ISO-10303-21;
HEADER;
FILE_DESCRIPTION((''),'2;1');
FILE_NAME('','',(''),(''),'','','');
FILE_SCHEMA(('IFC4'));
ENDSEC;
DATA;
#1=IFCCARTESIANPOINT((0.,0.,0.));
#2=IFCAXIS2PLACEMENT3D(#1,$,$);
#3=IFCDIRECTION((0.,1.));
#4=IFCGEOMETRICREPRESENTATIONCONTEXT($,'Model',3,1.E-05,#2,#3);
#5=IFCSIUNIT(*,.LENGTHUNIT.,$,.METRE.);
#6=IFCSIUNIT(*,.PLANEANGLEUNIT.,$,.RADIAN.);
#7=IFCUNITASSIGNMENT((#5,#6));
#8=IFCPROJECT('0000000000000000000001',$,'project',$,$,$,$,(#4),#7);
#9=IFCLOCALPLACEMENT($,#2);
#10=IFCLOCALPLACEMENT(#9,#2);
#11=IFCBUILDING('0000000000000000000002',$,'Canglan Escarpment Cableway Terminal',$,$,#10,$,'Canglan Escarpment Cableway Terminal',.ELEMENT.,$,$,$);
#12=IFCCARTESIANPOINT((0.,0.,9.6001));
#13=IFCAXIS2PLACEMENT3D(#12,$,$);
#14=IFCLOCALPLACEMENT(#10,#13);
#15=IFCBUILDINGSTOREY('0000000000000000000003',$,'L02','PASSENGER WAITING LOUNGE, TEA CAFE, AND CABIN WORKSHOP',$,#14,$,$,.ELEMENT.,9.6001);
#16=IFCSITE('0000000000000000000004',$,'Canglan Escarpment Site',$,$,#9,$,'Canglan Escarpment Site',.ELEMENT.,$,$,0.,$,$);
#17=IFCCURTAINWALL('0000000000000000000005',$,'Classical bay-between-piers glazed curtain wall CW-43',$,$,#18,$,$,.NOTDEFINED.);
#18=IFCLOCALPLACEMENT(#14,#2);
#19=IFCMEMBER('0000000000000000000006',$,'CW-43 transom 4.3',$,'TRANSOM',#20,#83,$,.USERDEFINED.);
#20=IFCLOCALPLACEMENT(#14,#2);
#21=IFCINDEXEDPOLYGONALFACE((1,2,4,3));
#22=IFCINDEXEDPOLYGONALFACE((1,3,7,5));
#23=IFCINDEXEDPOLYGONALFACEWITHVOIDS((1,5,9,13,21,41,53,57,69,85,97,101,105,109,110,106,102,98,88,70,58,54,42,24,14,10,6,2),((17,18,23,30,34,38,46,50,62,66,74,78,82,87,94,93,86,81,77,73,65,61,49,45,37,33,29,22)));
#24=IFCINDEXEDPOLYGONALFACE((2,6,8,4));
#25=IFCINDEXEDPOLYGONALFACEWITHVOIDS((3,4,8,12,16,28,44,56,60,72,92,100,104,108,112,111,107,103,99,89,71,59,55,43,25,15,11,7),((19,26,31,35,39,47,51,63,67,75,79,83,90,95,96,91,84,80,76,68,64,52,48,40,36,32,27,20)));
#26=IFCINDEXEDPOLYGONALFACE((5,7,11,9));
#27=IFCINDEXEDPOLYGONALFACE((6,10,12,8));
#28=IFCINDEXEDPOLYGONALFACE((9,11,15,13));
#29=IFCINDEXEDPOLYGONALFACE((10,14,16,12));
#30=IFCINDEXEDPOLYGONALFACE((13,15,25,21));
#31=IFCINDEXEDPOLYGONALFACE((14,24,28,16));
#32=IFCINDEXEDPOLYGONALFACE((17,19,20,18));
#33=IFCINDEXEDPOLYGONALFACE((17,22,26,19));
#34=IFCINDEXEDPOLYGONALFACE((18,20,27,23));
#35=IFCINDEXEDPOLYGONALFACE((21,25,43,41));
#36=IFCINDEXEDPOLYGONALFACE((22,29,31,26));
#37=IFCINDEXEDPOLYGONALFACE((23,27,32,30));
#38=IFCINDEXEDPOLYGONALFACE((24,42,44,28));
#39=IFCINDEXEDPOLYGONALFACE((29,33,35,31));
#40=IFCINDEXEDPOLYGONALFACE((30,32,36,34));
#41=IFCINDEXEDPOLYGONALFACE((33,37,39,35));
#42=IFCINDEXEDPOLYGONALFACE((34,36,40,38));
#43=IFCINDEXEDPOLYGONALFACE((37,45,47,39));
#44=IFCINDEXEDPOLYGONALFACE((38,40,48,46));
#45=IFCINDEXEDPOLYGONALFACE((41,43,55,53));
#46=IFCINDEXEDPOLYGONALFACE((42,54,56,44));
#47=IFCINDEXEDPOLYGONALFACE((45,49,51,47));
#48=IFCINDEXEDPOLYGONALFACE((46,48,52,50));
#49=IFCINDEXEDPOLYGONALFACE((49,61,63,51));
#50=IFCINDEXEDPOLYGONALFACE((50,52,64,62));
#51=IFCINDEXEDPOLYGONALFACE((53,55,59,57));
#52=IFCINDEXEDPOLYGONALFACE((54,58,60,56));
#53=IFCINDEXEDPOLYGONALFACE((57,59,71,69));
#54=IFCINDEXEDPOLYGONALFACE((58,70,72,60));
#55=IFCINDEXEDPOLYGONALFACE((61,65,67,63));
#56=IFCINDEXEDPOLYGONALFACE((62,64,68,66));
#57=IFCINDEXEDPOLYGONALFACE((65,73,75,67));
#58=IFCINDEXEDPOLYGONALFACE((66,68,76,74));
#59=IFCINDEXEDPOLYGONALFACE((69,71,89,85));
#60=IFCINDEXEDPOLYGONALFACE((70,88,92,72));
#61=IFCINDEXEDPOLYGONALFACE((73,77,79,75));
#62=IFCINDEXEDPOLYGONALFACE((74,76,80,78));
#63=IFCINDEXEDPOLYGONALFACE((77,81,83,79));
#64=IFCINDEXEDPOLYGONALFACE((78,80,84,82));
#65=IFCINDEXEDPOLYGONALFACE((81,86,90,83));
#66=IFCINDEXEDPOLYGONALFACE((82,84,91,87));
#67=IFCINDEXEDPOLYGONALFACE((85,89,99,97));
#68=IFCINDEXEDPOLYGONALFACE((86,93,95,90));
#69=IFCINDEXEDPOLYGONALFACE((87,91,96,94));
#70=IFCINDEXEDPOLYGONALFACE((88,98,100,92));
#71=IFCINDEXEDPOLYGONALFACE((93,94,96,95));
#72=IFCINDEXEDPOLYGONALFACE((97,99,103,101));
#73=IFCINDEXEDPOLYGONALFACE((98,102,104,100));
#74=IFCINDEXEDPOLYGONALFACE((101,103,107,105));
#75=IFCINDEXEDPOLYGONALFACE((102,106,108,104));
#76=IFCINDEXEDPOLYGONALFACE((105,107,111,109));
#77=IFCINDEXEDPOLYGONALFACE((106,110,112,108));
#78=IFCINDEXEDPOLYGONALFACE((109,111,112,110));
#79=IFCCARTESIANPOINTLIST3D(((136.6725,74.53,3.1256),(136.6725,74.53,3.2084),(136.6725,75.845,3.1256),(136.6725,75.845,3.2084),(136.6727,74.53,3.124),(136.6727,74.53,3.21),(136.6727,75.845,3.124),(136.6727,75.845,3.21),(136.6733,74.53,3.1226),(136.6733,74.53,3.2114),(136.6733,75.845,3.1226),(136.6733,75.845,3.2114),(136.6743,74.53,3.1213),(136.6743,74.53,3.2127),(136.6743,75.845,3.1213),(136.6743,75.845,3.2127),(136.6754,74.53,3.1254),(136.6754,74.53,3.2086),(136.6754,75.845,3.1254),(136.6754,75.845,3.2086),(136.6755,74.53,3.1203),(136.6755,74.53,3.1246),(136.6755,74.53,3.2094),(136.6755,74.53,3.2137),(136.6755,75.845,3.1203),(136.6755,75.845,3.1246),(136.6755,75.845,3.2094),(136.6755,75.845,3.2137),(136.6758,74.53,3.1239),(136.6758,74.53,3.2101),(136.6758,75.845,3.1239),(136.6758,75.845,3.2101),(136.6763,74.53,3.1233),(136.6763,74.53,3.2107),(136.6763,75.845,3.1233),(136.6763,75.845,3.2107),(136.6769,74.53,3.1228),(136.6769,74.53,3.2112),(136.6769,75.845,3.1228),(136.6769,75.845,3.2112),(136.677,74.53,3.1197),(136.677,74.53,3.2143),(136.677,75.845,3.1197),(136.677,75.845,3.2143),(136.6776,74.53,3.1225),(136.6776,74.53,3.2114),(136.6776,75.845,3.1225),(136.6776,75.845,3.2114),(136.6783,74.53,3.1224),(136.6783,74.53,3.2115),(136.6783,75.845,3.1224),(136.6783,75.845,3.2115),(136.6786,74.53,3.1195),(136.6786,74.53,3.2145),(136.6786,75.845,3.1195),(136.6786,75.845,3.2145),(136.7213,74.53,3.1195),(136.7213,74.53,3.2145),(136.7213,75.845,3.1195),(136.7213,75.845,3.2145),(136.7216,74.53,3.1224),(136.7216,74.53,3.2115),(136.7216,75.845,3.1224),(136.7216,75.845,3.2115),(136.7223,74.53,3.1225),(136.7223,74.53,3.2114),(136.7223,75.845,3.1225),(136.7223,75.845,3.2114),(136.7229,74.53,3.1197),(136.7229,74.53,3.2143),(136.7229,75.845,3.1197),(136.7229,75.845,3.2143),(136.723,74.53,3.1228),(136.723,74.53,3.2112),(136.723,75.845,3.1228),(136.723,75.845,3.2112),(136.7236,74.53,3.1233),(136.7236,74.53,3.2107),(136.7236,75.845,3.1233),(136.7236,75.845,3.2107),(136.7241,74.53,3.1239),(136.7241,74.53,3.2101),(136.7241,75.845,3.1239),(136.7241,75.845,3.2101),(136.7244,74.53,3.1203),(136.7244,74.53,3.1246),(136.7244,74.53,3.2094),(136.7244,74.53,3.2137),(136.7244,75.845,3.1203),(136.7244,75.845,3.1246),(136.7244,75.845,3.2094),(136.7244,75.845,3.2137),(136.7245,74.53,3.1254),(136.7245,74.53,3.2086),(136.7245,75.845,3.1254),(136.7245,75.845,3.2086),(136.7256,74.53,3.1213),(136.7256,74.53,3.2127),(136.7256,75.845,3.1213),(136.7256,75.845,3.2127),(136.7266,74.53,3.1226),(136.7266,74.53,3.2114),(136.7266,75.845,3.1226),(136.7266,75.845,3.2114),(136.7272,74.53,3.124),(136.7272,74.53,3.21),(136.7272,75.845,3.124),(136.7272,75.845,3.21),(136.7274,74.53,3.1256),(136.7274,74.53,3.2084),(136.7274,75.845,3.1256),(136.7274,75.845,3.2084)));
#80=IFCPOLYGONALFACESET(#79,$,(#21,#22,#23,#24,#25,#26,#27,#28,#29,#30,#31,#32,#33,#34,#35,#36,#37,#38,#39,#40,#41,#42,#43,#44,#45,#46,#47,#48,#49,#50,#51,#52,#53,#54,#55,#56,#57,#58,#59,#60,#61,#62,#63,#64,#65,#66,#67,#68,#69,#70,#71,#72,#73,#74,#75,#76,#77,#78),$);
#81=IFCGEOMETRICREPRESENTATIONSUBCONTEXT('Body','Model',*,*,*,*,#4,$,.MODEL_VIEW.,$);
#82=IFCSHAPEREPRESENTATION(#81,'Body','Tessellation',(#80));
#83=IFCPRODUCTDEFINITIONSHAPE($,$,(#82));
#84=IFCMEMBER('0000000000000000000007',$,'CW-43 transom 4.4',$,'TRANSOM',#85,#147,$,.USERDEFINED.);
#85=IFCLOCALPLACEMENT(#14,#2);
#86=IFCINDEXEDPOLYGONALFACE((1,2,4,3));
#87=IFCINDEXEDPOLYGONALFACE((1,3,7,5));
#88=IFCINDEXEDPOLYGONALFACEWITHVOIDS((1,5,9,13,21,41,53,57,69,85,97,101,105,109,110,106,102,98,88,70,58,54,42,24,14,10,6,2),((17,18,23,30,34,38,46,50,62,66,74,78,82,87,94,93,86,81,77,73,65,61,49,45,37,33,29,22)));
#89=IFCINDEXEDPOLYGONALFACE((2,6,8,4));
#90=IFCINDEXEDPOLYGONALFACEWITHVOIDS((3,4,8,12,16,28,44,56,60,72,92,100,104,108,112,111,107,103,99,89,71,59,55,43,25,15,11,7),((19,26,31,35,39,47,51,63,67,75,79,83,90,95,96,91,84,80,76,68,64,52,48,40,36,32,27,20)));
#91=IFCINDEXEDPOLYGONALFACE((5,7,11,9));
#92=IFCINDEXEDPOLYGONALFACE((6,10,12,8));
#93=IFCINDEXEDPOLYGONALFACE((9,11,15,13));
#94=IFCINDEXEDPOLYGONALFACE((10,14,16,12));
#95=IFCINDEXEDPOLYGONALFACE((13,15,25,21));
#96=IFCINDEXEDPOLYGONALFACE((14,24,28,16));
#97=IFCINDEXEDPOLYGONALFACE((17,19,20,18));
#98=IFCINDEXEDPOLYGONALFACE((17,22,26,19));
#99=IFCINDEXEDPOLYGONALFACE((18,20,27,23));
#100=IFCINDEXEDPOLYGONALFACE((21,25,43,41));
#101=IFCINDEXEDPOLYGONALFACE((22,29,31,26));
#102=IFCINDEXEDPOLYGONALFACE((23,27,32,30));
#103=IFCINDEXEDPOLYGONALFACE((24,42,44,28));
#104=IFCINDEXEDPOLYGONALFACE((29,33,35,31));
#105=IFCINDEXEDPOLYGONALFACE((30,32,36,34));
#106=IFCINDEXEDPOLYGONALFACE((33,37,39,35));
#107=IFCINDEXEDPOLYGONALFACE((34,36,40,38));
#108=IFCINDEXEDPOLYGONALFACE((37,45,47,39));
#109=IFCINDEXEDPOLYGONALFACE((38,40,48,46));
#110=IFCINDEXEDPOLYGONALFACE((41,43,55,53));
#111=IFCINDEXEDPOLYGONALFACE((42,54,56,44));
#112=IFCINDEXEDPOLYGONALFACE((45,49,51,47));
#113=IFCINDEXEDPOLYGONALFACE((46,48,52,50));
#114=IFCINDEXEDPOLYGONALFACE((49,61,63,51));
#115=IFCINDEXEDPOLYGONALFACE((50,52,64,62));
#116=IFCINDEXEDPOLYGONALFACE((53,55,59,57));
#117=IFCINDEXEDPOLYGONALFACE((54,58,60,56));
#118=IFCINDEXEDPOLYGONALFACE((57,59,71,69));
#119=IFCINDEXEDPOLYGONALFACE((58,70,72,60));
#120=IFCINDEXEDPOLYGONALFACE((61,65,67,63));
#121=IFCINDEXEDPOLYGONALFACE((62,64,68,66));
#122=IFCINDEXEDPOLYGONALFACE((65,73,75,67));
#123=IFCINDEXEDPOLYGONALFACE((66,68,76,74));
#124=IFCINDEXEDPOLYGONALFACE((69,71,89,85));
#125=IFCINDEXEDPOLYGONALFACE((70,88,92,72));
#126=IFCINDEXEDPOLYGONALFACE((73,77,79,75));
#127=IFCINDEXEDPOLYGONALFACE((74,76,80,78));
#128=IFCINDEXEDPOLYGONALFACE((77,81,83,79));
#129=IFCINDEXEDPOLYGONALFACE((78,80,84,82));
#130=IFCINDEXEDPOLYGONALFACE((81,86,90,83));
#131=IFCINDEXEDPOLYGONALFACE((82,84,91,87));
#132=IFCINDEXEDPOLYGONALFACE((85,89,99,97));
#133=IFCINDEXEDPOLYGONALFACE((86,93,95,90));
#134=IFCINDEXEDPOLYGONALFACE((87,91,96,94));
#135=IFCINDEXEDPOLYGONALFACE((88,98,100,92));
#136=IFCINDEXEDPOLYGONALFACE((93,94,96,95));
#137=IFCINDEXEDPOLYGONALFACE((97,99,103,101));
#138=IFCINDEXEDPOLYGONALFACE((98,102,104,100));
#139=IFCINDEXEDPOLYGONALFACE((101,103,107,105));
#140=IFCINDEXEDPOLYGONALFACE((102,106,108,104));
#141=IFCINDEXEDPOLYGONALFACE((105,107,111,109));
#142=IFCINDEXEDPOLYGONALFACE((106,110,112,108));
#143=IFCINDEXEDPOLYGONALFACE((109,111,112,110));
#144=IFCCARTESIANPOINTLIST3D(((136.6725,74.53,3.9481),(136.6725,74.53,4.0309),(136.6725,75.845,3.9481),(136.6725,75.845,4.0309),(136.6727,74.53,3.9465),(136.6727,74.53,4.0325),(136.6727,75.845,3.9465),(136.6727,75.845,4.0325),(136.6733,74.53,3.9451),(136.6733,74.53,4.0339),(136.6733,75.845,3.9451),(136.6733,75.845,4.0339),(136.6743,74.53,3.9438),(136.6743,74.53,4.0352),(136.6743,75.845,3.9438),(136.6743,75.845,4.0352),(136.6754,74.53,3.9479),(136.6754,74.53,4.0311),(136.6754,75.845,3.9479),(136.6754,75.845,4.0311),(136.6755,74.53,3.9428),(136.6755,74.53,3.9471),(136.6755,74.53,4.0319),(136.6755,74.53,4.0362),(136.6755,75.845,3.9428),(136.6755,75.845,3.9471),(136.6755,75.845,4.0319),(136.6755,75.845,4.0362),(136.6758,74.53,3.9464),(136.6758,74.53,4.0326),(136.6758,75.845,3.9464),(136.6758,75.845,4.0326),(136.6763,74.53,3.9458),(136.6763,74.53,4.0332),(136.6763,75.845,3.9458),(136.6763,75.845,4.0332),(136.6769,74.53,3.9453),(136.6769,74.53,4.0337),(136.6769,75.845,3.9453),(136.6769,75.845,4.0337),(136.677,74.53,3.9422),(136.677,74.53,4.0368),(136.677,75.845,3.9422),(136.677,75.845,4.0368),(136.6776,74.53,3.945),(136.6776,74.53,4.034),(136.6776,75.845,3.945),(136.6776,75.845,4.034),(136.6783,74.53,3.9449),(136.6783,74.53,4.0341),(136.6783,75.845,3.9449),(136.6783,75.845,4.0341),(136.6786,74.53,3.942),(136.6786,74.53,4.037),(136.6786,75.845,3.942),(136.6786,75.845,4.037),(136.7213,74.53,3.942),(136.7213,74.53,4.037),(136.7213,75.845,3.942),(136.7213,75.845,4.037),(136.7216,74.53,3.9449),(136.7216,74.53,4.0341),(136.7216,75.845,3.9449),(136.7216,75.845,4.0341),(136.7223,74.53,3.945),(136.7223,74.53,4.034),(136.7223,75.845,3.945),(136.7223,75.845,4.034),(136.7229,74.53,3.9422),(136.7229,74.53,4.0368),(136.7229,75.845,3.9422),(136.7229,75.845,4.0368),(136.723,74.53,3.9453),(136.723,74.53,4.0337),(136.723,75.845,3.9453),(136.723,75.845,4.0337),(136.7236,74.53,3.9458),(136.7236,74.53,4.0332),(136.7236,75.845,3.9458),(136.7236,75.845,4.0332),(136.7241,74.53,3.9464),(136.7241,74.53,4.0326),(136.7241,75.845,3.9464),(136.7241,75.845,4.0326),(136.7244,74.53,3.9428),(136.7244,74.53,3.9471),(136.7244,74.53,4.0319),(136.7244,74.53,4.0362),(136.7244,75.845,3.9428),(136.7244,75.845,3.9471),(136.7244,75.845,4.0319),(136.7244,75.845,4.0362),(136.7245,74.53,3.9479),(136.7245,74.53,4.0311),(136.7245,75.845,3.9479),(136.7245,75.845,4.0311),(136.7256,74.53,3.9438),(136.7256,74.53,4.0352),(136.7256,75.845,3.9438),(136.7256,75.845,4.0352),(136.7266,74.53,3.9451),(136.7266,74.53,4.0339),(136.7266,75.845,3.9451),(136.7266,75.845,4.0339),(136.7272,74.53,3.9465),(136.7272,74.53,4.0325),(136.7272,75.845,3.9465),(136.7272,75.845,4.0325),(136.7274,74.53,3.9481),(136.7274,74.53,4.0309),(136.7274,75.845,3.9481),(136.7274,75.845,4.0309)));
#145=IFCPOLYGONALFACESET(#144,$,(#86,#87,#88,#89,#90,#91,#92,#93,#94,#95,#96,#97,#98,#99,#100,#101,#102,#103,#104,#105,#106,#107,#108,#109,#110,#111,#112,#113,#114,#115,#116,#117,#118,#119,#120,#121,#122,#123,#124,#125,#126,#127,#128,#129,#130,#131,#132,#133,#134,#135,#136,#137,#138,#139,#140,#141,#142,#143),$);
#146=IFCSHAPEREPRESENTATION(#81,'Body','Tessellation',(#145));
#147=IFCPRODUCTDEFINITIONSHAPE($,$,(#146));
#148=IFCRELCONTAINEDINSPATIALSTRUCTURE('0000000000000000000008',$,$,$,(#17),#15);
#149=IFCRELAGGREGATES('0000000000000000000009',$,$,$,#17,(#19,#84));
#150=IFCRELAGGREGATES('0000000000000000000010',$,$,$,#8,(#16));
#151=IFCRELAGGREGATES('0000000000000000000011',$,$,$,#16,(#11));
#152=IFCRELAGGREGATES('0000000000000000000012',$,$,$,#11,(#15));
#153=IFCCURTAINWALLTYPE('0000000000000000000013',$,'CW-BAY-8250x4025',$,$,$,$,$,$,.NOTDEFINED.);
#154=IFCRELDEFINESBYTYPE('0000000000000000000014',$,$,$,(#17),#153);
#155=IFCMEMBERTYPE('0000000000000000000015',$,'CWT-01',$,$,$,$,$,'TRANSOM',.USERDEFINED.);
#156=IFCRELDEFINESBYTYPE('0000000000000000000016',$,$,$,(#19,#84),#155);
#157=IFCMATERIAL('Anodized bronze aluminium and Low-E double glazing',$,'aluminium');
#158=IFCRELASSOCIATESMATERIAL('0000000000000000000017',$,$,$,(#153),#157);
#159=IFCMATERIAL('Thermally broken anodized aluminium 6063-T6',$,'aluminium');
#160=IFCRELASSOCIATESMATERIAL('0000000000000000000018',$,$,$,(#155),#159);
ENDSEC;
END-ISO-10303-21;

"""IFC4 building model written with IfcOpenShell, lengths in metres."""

from ifc_helpers import new_model, si_unit, direction, frame, origin, origin_2d, place, context, subcontext, project, spatial, hollow_rectangle, extrude, material, material_profile, profile_set, type_object, element, aggregate, save


model = new_model("IFC4")

# Units and contexts
model_context = context("Model", 3, precision=1e-05, world=origin(), true_north=direction((0.0, 1.0)))
body_context = subcontext(model_context, "Body", "Model", "MODEL_VIEW")
ifc_project = project(units=[si_unit("LENGTHUNIT", "METRE"), si_unit("PLANEANGLEUNIT", "RADIAN")], contexts=[model_context])

# Site, building, storey
site_placement = place(None, origin())
site = spatial("IfcSite", under=ifc_project, at=site_placement, Name="Canglan Escarpment Site", LongName="Canglan Escarpment Site", CompositionType="ELEMENT", RefElevation=0.0)
building_placement = place(site_placement, origin())
building = spatial("IfcBuilding", under=site, at=building_placement, Name="Canglan Escarpment Cableway Terminal", LongName="Canglan Escarpment Cableway Terminal", CompositionType="ELEMENT")
storey_placement = place(building_placement, frame((0.0, 0.0, 9.6001)))
storey = spatial("IfcBuildingStorey", under=building, at=storey_placement, Name="L02", Description="PASSENGER WAITING LOUNGE, TEA CAFE, AND CABIN WORKSHOP", CompositionType="ELEMENT", Elevation=9.6001)

# Curtain wall, members
ifc_material_1 = material(Name="Anodized bronze aluminium and Low-E double glazing", Category="aluminium")
curtain_wall_type = type_object("IfcCurtainWallType", Name="CW-BAY-8250x4025", PredefinedType="NOTDEFINED", material=ifc_material_1)
curtain_wall_placement = place(storey_placement, origin())
curtain_wall = element("IfcCurtainWall", 1, at=curtain_wall_placement, inside=storey, type_object=curtain_wall_type, Name="Classical bay-between-piers glazed curtain wall CW-43", PredefinedType="NOTDEFINED")
ifc_material_2 = material(Name="Thermally broken anodized aluminium 6063-T6", Category="aluminium")
ifc_material_profile_1 = material_profile(ifc_material_2, hollow_rectangle(XDim=0.0549, YDim=0.095, WallThickness=0.0029, InnerFilletRadius=0.0029, OuterFilletRadius=0.0061, at=origin_2d()), Name="ALU-TRAN 55x95x3")
ifc_profile_set_1 = profile_set([ifc_material_profile_1], Name="Thermally broken anodized aluminium 6063-T6")
member_type_1 = type_object("IfcMemberType", Name="CWT-01", ElementType="TRANSOM", PredefinedType="USERDEFINED", material=ifc_profile_set_1)
member_1_placement = place(storey_placement, frame((136.7, 74.53, 3.167), z_axis=(0.0, 1.0, 0.0), x_axis=(-1.0, 0.0, 0.0)))
member_1 = element("IfcMember", 2, at=member_1_placement, type_object=member_type_1, Name="CW-43 transom 4.3", ObjectType="TRANSOM", PredefinedType="USERDEFINED", context=body_context, shape_type="SweptSolid", body=[
    extrude(hollow_rectangle(XDim=0.0549, YDim=0.095, WallThickness=0.0029, InnerFilletRadius=0.0029, OuterFilletRadius=0.0061, at=origin_2d()), origin(), (0.0, 0.0, 1.0), 1.3149),
])
member_2_placement = place(storey_placement, frame((136.7, 74.53, 3.9895), z_axis=(0.0, 1.0, 0.0), x_axis=(-1.0, 0.0, 0.0)))
member_2 = element("IfcMember", 3, at=member_2_placement, type_object=member_type_1, Name="CW-43 transom 4.4", ObjectType="TRANSOM", PredefinedType="USERDEFINED", context=body_context, shape_type="SweptSolid", body=[
    extrude(hollow_rectangle(XDim=0.0549, YDim=0.095, WallThickness=0.0029, InnerFilletRadius=0.0029, OuterFilletRadius=0.0061, at=origin_2d()), origin(), (0.0, 0.0, 1.0), 1.3149),
])
aggregate(curtain_wall, [member_1, member_2])

save(model, "model.ifc")
